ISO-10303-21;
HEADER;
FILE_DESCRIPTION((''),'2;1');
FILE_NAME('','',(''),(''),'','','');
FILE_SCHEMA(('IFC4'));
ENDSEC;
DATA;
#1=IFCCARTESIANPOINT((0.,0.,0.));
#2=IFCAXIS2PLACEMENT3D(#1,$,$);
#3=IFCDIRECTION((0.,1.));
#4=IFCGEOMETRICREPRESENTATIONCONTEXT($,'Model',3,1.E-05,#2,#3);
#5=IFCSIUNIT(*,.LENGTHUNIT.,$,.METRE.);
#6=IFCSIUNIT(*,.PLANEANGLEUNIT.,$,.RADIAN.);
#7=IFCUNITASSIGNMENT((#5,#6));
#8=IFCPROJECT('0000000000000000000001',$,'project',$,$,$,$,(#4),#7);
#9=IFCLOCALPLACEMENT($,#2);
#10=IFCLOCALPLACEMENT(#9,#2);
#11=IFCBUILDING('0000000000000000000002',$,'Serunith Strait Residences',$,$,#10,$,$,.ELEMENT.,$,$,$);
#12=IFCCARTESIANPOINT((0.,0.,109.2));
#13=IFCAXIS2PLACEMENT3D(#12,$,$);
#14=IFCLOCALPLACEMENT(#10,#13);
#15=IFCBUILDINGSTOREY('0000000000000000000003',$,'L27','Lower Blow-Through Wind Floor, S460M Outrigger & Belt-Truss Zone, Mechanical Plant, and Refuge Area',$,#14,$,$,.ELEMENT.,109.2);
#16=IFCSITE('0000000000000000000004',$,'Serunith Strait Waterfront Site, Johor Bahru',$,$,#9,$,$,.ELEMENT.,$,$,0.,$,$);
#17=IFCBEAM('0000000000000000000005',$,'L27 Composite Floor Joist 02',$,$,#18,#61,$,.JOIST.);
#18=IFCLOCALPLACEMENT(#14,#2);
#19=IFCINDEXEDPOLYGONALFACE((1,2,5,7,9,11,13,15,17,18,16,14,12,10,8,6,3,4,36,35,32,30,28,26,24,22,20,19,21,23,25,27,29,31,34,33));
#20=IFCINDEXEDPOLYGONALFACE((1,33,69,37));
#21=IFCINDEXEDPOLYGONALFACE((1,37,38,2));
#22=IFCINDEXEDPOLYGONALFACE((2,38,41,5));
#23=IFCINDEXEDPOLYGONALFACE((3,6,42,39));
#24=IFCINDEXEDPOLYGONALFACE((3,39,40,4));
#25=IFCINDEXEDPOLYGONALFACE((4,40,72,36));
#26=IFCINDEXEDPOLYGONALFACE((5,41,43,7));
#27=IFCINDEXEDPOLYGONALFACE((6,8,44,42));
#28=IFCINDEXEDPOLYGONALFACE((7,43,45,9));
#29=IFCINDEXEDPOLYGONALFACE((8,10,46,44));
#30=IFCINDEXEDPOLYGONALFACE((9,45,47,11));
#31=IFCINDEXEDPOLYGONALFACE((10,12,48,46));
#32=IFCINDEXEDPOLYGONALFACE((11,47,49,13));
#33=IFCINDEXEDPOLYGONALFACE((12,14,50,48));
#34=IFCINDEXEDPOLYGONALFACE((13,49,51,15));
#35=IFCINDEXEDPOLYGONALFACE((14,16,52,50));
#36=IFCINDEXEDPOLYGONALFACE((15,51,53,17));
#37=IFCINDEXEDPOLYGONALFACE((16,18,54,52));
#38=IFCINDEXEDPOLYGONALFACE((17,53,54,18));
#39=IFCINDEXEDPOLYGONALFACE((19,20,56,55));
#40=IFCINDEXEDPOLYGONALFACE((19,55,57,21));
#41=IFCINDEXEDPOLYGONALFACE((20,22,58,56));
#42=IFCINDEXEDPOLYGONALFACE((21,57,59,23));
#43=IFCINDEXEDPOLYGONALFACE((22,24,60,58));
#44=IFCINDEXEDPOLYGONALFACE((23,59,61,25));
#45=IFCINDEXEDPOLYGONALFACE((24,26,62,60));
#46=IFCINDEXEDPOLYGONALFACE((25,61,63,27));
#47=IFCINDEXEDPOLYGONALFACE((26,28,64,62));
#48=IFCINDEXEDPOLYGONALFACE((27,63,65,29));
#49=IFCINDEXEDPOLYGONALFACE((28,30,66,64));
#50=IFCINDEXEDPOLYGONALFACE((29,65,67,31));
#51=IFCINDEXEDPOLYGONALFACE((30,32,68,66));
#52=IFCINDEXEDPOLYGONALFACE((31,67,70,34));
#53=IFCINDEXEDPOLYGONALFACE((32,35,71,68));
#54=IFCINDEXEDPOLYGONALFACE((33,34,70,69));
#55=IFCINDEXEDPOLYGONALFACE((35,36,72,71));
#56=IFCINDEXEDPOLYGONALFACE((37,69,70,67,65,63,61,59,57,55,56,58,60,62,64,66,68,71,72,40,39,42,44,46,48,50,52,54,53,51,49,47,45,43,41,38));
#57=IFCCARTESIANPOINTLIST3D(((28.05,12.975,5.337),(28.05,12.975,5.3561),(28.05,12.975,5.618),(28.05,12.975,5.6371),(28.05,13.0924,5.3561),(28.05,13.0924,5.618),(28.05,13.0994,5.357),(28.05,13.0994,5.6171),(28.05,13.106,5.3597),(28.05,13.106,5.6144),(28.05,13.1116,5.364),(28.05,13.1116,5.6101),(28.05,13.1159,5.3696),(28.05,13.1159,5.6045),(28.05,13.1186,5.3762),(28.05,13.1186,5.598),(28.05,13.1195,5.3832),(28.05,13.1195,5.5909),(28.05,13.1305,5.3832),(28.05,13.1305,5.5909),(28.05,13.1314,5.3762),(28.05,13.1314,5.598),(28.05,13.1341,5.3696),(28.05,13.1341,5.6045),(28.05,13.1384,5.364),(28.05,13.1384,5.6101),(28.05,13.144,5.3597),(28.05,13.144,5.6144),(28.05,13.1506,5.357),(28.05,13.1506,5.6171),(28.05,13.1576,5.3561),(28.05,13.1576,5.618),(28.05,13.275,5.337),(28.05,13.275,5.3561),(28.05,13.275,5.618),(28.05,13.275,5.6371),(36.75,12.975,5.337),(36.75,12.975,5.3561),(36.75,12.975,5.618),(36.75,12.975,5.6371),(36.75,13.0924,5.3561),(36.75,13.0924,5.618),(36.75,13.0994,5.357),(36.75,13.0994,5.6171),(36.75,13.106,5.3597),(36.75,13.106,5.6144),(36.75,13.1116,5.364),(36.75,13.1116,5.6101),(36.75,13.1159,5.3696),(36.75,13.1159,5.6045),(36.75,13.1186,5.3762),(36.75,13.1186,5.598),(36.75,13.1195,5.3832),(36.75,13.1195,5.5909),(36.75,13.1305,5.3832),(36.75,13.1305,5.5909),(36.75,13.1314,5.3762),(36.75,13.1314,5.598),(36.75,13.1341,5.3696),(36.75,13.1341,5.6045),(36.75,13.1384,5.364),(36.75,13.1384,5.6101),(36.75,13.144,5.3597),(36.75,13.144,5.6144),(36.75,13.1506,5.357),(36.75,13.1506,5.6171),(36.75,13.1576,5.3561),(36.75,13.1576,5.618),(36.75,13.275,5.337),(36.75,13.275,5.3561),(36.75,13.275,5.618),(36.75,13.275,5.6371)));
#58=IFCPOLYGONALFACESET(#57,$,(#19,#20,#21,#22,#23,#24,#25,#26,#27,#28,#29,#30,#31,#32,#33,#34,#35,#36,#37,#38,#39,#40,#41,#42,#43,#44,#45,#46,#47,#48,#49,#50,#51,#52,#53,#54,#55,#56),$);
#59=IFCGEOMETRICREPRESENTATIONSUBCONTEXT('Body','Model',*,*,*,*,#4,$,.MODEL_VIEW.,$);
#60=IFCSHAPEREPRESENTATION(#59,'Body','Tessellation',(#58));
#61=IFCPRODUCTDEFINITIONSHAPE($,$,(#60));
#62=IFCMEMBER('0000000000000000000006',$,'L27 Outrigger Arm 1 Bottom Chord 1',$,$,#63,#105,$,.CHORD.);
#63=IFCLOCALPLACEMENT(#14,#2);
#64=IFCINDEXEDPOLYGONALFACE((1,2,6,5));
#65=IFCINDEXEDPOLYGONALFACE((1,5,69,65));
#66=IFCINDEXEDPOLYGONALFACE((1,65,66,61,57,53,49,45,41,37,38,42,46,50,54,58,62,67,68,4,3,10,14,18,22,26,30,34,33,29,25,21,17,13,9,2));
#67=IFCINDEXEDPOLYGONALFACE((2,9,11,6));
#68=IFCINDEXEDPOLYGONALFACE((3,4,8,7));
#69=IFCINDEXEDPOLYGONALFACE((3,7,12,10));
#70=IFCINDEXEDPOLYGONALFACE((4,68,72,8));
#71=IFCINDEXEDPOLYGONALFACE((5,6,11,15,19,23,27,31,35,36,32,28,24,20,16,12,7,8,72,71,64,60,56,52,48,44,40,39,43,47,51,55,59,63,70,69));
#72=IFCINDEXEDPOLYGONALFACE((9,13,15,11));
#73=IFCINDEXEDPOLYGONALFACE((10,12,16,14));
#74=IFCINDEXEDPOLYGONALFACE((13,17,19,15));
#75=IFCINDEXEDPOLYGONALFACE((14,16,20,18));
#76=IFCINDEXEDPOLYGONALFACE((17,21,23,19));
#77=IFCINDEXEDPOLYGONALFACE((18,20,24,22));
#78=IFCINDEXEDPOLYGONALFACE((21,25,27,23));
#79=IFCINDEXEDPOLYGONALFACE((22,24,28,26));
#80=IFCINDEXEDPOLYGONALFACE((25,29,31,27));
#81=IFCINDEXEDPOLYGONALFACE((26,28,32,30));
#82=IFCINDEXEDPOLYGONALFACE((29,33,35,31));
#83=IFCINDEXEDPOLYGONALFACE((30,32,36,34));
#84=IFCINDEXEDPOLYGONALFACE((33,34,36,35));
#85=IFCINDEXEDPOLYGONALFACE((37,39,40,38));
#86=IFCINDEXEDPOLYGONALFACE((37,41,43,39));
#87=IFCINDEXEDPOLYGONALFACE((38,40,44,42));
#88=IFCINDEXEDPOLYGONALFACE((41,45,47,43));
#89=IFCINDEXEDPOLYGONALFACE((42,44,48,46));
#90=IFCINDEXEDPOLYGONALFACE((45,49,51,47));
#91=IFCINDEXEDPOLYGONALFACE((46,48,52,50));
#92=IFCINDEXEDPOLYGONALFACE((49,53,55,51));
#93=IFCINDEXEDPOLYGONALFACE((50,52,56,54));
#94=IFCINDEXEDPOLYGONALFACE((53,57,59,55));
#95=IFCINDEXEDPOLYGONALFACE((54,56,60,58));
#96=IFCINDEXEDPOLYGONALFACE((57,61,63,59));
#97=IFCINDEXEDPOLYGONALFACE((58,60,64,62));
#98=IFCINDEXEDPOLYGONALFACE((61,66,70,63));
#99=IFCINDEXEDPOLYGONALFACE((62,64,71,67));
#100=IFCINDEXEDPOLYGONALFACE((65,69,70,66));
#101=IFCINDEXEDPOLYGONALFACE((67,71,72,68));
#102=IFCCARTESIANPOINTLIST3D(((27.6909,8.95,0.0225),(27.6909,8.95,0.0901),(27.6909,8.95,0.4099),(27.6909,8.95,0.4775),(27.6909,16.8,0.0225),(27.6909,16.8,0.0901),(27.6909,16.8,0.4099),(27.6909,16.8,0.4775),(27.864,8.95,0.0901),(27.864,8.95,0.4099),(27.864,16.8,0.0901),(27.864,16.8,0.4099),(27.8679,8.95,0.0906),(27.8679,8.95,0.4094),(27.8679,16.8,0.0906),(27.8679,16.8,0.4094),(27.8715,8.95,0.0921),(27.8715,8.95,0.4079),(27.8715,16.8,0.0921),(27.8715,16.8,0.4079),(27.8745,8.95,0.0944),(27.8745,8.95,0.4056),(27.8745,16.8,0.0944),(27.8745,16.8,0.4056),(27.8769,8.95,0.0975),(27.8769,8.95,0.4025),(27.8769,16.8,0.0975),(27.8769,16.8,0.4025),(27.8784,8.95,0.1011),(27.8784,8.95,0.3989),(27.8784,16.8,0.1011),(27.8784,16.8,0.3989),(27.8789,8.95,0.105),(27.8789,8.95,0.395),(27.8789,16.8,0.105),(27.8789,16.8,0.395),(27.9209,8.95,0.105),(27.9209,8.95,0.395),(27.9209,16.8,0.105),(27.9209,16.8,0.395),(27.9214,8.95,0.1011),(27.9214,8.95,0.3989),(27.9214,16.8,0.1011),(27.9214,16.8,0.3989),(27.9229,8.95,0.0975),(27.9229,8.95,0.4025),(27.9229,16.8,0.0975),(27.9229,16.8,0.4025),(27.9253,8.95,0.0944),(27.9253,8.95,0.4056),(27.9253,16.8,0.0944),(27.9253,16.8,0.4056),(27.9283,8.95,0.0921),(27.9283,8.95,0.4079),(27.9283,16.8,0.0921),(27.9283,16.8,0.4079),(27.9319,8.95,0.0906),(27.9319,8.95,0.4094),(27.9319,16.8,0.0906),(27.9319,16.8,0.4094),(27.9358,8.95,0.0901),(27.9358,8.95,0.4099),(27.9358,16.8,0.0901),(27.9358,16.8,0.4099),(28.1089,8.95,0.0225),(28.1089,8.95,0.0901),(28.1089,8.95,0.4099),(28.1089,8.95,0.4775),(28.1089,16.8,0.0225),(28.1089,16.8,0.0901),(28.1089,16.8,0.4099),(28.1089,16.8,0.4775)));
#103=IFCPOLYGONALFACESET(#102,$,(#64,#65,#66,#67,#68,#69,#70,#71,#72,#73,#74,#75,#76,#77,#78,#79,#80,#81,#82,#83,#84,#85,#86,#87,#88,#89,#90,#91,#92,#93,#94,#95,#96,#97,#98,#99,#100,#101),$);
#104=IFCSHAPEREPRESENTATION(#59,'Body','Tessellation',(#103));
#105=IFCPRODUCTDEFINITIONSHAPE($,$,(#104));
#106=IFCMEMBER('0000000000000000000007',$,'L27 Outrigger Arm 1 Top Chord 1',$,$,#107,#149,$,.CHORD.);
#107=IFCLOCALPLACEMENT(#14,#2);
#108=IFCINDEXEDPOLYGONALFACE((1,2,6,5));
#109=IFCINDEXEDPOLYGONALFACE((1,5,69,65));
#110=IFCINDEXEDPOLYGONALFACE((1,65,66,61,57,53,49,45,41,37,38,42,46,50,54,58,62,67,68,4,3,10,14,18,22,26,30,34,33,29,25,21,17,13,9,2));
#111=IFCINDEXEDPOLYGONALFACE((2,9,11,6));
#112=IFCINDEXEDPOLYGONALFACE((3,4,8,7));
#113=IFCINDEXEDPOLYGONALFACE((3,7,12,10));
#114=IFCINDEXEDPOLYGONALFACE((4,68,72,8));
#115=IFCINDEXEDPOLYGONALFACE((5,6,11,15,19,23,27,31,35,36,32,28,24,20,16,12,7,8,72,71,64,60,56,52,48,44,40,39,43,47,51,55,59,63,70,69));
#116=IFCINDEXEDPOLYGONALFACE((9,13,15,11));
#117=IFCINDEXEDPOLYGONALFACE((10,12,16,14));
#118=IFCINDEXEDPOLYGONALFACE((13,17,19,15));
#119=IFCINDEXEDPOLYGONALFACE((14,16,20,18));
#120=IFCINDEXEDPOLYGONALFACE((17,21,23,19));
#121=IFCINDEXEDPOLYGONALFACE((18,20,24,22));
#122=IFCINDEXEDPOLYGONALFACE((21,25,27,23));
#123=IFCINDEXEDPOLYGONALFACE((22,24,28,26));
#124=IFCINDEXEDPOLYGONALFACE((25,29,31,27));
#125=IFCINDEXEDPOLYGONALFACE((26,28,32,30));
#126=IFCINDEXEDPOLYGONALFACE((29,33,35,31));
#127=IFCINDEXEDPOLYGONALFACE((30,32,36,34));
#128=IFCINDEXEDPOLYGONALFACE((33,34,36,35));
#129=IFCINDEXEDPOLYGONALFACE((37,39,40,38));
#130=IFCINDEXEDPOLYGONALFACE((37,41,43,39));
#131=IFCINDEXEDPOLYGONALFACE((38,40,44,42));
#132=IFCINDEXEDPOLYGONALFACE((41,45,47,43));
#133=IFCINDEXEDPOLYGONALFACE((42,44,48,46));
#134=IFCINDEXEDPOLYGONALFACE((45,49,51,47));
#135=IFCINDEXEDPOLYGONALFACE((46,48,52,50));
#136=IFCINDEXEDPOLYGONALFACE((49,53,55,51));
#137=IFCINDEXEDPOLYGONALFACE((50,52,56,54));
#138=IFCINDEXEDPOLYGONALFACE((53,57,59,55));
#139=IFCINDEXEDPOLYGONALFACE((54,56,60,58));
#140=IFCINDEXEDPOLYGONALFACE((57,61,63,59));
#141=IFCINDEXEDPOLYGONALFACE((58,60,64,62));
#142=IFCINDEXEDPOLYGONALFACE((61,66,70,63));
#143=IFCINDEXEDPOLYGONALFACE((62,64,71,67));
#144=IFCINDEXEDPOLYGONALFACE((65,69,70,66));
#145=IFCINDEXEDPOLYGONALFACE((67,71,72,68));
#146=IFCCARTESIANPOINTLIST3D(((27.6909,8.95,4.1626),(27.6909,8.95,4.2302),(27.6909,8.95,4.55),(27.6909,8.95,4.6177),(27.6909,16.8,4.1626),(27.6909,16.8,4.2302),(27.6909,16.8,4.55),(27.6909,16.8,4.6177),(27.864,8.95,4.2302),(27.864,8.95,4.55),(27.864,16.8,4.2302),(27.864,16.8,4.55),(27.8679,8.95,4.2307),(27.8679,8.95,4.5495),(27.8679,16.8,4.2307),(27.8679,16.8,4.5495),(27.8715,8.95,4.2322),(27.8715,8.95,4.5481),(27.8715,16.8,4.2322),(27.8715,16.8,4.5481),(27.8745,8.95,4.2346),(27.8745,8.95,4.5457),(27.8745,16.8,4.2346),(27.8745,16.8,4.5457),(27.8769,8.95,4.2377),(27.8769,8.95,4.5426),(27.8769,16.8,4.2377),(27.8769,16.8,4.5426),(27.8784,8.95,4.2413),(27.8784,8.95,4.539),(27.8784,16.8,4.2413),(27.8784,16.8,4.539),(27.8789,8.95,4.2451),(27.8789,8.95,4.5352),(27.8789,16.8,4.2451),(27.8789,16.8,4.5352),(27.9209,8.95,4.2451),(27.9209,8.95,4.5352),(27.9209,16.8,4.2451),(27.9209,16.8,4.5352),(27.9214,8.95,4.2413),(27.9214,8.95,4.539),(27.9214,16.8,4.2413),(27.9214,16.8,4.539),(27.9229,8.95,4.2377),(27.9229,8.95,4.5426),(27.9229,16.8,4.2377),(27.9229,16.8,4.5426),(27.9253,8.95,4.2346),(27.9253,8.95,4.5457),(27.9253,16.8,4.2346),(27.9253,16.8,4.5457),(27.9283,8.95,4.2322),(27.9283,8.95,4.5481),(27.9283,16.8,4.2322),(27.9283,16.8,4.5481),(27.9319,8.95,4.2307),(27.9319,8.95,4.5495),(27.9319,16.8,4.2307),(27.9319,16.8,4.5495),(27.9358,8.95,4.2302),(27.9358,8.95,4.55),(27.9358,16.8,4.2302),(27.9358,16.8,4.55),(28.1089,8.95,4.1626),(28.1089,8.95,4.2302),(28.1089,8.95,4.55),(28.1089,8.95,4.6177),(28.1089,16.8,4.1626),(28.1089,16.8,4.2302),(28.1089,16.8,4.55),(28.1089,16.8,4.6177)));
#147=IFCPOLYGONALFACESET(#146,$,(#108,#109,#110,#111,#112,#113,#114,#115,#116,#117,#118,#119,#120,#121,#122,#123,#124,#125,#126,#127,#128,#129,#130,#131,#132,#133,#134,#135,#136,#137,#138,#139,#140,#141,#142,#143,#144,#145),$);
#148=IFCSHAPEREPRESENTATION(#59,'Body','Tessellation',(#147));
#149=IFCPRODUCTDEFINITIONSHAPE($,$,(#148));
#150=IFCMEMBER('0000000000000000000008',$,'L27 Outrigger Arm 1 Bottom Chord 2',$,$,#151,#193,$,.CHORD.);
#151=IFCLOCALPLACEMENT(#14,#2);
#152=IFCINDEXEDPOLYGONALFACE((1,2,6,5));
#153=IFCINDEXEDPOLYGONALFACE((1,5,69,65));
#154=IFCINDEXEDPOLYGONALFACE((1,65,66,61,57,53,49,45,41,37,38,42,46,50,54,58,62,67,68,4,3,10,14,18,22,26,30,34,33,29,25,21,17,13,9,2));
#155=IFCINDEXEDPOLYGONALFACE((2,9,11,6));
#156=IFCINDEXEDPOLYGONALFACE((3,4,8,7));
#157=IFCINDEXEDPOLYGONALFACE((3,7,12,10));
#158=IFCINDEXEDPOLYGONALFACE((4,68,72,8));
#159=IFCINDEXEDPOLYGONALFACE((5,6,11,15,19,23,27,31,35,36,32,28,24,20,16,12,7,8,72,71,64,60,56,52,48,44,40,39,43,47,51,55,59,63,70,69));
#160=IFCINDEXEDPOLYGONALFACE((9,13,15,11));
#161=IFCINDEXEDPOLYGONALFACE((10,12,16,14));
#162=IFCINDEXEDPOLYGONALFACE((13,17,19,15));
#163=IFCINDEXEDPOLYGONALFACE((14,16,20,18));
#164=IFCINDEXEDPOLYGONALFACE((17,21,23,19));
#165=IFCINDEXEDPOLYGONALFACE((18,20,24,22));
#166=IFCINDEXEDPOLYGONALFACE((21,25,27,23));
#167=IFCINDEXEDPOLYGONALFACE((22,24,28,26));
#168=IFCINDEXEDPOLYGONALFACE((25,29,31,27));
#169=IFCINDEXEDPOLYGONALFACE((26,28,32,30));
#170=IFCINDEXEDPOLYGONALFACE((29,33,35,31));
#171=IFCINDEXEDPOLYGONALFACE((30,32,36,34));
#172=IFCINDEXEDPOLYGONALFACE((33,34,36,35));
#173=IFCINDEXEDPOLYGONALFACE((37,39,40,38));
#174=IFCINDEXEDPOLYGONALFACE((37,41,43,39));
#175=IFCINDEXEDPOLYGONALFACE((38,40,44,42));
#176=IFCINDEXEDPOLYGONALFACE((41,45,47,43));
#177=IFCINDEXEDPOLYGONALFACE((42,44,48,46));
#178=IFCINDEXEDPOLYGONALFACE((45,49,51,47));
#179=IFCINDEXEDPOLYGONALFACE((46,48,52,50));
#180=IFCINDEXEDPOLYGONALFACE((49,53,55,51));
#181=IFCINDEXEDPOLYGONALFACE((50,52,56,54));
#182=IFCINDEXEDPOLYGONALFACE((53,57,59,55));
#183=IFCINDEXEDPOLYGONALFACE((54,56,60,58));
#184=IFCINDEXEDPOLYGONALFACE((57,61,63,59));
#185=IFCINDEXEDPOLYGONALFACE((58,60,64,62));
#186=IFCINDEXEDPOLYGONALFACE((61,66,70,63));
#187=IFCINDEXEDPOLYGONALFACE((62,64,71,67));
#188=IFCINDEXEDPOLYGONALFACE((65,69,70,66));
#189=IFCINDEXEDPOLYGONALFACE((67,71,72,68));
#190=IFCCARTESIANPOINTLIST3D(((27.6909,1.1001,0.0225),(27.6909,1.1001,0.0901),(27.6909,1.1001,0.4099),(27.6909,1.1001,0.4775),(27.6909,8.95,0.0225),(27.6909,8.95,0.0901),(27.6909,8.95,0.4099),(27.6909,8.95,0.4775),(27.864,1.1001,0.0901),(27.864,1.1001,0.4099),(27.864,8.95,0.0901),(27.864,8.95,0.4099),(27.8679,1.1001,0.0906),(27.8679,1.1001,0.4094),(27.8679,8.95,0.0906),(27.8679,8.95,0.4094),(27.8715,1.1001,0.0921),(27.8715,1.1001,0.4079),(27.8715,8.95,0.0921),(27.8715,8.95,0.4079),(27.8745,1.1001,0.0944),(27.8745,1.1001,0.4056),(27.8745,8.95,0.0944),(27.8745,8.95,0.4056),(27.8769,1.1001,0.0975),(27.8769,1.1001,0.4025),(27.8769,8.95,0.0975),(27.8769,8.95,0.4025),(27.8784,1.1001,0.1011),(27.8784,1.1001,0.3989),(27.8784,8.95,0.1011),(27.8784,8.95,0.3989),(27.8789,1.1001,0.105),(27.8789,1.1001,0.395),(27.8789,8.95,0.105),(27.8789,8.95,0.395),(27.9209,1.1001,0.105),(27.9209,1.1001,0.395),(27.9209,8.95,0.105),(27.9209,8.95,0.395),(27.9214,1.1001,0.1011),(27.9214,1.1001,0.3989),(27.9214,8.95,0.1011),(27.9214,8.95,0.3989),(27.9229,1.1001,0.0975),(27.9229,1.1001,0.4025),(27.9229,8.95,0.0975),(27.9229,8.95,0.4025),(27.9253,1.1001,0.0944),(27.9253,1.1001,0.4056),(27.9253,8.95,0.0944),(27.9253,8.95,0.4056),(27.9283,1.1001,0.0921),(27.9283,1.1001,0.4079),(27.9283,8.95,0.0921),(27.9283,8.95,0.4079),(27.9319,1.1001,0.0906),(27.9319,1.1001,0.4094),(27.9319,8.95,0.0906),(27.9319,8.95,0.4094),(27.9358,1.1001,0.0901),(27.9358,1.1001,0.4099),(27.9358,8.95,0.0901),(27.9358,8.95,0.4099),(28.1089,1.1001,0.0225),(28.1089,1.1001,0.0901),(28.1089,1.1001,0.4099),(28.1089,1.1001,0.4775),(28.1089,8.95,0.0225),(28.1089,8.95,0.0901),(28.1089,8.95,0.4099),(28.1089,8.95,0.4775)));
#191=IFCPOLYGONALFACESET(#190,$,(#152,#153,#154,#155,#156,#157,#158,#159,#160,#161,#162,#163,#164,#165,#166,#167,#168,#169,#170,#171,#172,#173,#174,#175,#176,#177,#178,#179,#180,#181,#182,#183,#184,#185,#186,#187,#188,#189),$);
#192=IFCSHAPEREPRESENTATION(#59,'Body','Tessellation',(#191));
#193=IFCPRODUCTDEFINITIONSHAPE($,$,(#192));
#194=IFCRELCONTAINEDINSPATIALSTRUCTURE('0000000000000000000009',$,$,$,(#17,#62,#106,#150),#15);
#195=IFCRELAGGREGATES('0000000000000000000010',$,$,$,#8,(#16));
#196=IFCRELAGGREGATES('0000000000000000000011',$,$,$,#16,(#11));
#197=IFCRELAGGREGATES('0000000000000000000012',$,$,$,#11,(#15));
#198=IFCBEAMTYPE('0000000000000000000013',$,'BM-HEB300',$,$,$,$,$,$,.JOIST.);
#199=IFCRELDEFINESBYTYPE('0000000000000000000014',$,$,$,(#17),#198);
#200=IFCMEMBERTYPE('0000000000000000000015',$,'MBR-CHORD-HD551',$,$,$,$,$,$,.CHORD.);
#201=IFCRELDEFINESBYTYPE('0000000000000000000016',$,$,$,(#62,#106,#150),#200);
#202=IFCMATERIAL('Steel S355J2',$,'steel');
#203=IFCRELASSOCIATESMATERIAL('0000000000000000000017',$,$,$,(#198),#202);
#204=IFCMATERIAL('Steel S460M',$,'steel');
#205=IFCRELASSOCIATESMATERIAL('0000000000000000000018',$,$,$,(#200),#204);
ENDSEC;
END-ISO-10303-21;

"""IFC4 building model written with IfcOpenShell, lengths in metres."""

from ifc_helpers import new_model, si_unit, direction, frame, origin, origin_2d, place, context, subcontext, project, spatial, i_section, extrude, source, transform, mapped, material, material_profile, profile_set, type_object, element, save


model = new_model("IFC4")

# Units and contexts
model_context = context("Model", 3, precision=1e-05, world=origin(), true_north=direction((0.0, 1.0)))
body_context = subcontext(model_context, "Body", "Model", "MODEL_VIEW")
ifc_project = project(units=[si_unit("LENGTHUNIT", "METRE"), si_unit("PLANEANGLEUNIT", "RADIAN")], contexts=[model_context])

# Site, building, storey
site_placement = place(None, origin())
site = spatial("IfcSite", under=ifc_project, at=site_placement, Name="Serunith Strait Waterfront Site, Johor Bahru", CompositionType="ELEMENT", RefElevation=0.0)
building_placement = place(site_placement, origin())
building = spatial("IfcBuilding", under=site, at=building_placement, Name="Serunith Strait Residences", CompositionType="ELEMENT")
storey_placement = place(building_placement, frame((0.0, 0.0, 109.2)))
storey = spatial("IfcBuildingStorey", under=building, at=storey_placement, Name="L27", Description="Lower Blow-Through Wind Floor, S460M Outrigger & Belt-Truss Zone, Mechanical Plant, and Refuge Area", CompositionType="ELEMENT", Elevation=109.2)

# Beam
ifc_material_1 = material(Name="Steel S355J2", Category="steel")
ifc_material_profile_1 = material_profile(ifc_material_1, i_section(OverallWidth=0.3, OverallDepth=0.3, WebThickness=0.011, FlangeThickness=0.019, FilletRadius=0.0271, at=origin_2d()), Name="HEB 300")
ifc_profile_set_1 = profile_set([ifc_material_profile_1], Name="Steel S355J2")
beam_type_1 = type_object("IfcBeamType", Name="BM-HEB300", PredefinedType="JOIST", material=ifc_profile_set_1)
shared_shape_1 = source(origin(), body_context, "Body", "SweptSolid", [
    extrude(i_section(OverallWidth=0.3, OverallDepth=0.3, WebThickness=0.011, FlangeThickness=0.019, FilletRadius=0.0271, at=origin_2d()), origin(), (0.0, 0.0, 1.0), 8.7),
])
beam_1_placement = place(storey_placement, frame((28.05, 13.125, 5.4871), z_axis=(1.0, 0.0, 0.0), x_axis=(0.0, 1.0, 0.0)))
element("IfcBeam", 1, at=beam_1_placement, inside=storey, type_object=beam_type_1, Name="L27 Composite Floor Joist 02", PredefinedType="JOIST", context=body_context, shape_type="MappedRepresentation", body=[
    mapped(shared_shape_1, transform((0.0, 0.0, 0.0), scale=1.0)),
])

# Members
ifc_material_2 = material(Name="Steel S460M", Category="steel")
ifc_material_profile_2 = material_profile(ifc_material_2, i_section(OverallWidth=0.418, OverallDepth=0.4551, WebThickness=0.042, FlangeThickness=0.0676, FilletRadius=0.0149, at=origin_2d()), Name="HD 400x551")
ifc_profile_set_2 = profile_set([ifc_material_profile_2], Name="Steel S460M")
member_type_1 = type_object("IfcMemberType", Name="MBR-CHORD-HD551", PredefinedType="CHORD", material=ifc_profile_set_2)
shared_shape_2 = source(origin(), body_context, "Body", "SweptSolid", [
    extrude(i_section(OverallWidth=0.418, OverallDepth=0.4551, WebThickness=0.042, FlangeThickness=0.0676, FilletRadius=0.0149, at=origin_2d()), origin(), (0.0, 0.0, 1.0), 7.8501),
])
for number, where, z_axis, x_axis, name in (
    (2, (27.8999, 16.8, 0.25), (0.0, -1.0, 0.0), (1.0, 0.0, 0.0), "L27 Outrigger Arm 1 Bottom Chord 1"),
    (3, (27.8999, 16.8, 4.3901), (0.0, -1.0, 0.0), (1.0, 0.0, 0.0), "L27 Outrigger Arm 1 Top Chord 1"),
):
    element("IfcMember", number, at=place(storey_placement, frame(where, z_axis=z_axis, x_axis=x_axis)), inside=storey, type_object=member_type_1, Name=name, PredefinedType="CHORD", context=body_context, shape_type="MappedRepresentation", body=[
        mapped(shared_shape_2, transform((0.0, 0.0, 0.0), scale=1.0)),
    ])
shared_shape_3 = source(origin(), body_context, "Body", "SweptSolid", [
    extrude(i_section(OverallWidth=0.418, OverallDepth=0.4551, WebThickness=0.042, FlangeThickness=0.0676, FilletRadius=0.0149, at=origin_2d()), origin(), (0.0, 0.0, 1.0), 7.8499),
])
for number, where, z_axis, x_axis, name in (
    (4, (27.8999, 8.95, 0.25), (0.0, -1.0, 0.0), (1.0, 0.0, 0.0), "L27 Outrigger Arm 1 Bottom Chord 2"),
):
    element("IfcMember", number, at=place(storey_placement, frame(where, z_axis=z_axis, x_axis=x_axis)), inside=storey, type_object=member_type_1, Name=name, PredefinedType="CHORD", context=body_context, shape_type="MappedRepresentation", body=[
        mapped(shared_shape_3, transform((0.0, 0.0, 0.0), scale=1.0)),
    ])

save(model, "model.ifc")
